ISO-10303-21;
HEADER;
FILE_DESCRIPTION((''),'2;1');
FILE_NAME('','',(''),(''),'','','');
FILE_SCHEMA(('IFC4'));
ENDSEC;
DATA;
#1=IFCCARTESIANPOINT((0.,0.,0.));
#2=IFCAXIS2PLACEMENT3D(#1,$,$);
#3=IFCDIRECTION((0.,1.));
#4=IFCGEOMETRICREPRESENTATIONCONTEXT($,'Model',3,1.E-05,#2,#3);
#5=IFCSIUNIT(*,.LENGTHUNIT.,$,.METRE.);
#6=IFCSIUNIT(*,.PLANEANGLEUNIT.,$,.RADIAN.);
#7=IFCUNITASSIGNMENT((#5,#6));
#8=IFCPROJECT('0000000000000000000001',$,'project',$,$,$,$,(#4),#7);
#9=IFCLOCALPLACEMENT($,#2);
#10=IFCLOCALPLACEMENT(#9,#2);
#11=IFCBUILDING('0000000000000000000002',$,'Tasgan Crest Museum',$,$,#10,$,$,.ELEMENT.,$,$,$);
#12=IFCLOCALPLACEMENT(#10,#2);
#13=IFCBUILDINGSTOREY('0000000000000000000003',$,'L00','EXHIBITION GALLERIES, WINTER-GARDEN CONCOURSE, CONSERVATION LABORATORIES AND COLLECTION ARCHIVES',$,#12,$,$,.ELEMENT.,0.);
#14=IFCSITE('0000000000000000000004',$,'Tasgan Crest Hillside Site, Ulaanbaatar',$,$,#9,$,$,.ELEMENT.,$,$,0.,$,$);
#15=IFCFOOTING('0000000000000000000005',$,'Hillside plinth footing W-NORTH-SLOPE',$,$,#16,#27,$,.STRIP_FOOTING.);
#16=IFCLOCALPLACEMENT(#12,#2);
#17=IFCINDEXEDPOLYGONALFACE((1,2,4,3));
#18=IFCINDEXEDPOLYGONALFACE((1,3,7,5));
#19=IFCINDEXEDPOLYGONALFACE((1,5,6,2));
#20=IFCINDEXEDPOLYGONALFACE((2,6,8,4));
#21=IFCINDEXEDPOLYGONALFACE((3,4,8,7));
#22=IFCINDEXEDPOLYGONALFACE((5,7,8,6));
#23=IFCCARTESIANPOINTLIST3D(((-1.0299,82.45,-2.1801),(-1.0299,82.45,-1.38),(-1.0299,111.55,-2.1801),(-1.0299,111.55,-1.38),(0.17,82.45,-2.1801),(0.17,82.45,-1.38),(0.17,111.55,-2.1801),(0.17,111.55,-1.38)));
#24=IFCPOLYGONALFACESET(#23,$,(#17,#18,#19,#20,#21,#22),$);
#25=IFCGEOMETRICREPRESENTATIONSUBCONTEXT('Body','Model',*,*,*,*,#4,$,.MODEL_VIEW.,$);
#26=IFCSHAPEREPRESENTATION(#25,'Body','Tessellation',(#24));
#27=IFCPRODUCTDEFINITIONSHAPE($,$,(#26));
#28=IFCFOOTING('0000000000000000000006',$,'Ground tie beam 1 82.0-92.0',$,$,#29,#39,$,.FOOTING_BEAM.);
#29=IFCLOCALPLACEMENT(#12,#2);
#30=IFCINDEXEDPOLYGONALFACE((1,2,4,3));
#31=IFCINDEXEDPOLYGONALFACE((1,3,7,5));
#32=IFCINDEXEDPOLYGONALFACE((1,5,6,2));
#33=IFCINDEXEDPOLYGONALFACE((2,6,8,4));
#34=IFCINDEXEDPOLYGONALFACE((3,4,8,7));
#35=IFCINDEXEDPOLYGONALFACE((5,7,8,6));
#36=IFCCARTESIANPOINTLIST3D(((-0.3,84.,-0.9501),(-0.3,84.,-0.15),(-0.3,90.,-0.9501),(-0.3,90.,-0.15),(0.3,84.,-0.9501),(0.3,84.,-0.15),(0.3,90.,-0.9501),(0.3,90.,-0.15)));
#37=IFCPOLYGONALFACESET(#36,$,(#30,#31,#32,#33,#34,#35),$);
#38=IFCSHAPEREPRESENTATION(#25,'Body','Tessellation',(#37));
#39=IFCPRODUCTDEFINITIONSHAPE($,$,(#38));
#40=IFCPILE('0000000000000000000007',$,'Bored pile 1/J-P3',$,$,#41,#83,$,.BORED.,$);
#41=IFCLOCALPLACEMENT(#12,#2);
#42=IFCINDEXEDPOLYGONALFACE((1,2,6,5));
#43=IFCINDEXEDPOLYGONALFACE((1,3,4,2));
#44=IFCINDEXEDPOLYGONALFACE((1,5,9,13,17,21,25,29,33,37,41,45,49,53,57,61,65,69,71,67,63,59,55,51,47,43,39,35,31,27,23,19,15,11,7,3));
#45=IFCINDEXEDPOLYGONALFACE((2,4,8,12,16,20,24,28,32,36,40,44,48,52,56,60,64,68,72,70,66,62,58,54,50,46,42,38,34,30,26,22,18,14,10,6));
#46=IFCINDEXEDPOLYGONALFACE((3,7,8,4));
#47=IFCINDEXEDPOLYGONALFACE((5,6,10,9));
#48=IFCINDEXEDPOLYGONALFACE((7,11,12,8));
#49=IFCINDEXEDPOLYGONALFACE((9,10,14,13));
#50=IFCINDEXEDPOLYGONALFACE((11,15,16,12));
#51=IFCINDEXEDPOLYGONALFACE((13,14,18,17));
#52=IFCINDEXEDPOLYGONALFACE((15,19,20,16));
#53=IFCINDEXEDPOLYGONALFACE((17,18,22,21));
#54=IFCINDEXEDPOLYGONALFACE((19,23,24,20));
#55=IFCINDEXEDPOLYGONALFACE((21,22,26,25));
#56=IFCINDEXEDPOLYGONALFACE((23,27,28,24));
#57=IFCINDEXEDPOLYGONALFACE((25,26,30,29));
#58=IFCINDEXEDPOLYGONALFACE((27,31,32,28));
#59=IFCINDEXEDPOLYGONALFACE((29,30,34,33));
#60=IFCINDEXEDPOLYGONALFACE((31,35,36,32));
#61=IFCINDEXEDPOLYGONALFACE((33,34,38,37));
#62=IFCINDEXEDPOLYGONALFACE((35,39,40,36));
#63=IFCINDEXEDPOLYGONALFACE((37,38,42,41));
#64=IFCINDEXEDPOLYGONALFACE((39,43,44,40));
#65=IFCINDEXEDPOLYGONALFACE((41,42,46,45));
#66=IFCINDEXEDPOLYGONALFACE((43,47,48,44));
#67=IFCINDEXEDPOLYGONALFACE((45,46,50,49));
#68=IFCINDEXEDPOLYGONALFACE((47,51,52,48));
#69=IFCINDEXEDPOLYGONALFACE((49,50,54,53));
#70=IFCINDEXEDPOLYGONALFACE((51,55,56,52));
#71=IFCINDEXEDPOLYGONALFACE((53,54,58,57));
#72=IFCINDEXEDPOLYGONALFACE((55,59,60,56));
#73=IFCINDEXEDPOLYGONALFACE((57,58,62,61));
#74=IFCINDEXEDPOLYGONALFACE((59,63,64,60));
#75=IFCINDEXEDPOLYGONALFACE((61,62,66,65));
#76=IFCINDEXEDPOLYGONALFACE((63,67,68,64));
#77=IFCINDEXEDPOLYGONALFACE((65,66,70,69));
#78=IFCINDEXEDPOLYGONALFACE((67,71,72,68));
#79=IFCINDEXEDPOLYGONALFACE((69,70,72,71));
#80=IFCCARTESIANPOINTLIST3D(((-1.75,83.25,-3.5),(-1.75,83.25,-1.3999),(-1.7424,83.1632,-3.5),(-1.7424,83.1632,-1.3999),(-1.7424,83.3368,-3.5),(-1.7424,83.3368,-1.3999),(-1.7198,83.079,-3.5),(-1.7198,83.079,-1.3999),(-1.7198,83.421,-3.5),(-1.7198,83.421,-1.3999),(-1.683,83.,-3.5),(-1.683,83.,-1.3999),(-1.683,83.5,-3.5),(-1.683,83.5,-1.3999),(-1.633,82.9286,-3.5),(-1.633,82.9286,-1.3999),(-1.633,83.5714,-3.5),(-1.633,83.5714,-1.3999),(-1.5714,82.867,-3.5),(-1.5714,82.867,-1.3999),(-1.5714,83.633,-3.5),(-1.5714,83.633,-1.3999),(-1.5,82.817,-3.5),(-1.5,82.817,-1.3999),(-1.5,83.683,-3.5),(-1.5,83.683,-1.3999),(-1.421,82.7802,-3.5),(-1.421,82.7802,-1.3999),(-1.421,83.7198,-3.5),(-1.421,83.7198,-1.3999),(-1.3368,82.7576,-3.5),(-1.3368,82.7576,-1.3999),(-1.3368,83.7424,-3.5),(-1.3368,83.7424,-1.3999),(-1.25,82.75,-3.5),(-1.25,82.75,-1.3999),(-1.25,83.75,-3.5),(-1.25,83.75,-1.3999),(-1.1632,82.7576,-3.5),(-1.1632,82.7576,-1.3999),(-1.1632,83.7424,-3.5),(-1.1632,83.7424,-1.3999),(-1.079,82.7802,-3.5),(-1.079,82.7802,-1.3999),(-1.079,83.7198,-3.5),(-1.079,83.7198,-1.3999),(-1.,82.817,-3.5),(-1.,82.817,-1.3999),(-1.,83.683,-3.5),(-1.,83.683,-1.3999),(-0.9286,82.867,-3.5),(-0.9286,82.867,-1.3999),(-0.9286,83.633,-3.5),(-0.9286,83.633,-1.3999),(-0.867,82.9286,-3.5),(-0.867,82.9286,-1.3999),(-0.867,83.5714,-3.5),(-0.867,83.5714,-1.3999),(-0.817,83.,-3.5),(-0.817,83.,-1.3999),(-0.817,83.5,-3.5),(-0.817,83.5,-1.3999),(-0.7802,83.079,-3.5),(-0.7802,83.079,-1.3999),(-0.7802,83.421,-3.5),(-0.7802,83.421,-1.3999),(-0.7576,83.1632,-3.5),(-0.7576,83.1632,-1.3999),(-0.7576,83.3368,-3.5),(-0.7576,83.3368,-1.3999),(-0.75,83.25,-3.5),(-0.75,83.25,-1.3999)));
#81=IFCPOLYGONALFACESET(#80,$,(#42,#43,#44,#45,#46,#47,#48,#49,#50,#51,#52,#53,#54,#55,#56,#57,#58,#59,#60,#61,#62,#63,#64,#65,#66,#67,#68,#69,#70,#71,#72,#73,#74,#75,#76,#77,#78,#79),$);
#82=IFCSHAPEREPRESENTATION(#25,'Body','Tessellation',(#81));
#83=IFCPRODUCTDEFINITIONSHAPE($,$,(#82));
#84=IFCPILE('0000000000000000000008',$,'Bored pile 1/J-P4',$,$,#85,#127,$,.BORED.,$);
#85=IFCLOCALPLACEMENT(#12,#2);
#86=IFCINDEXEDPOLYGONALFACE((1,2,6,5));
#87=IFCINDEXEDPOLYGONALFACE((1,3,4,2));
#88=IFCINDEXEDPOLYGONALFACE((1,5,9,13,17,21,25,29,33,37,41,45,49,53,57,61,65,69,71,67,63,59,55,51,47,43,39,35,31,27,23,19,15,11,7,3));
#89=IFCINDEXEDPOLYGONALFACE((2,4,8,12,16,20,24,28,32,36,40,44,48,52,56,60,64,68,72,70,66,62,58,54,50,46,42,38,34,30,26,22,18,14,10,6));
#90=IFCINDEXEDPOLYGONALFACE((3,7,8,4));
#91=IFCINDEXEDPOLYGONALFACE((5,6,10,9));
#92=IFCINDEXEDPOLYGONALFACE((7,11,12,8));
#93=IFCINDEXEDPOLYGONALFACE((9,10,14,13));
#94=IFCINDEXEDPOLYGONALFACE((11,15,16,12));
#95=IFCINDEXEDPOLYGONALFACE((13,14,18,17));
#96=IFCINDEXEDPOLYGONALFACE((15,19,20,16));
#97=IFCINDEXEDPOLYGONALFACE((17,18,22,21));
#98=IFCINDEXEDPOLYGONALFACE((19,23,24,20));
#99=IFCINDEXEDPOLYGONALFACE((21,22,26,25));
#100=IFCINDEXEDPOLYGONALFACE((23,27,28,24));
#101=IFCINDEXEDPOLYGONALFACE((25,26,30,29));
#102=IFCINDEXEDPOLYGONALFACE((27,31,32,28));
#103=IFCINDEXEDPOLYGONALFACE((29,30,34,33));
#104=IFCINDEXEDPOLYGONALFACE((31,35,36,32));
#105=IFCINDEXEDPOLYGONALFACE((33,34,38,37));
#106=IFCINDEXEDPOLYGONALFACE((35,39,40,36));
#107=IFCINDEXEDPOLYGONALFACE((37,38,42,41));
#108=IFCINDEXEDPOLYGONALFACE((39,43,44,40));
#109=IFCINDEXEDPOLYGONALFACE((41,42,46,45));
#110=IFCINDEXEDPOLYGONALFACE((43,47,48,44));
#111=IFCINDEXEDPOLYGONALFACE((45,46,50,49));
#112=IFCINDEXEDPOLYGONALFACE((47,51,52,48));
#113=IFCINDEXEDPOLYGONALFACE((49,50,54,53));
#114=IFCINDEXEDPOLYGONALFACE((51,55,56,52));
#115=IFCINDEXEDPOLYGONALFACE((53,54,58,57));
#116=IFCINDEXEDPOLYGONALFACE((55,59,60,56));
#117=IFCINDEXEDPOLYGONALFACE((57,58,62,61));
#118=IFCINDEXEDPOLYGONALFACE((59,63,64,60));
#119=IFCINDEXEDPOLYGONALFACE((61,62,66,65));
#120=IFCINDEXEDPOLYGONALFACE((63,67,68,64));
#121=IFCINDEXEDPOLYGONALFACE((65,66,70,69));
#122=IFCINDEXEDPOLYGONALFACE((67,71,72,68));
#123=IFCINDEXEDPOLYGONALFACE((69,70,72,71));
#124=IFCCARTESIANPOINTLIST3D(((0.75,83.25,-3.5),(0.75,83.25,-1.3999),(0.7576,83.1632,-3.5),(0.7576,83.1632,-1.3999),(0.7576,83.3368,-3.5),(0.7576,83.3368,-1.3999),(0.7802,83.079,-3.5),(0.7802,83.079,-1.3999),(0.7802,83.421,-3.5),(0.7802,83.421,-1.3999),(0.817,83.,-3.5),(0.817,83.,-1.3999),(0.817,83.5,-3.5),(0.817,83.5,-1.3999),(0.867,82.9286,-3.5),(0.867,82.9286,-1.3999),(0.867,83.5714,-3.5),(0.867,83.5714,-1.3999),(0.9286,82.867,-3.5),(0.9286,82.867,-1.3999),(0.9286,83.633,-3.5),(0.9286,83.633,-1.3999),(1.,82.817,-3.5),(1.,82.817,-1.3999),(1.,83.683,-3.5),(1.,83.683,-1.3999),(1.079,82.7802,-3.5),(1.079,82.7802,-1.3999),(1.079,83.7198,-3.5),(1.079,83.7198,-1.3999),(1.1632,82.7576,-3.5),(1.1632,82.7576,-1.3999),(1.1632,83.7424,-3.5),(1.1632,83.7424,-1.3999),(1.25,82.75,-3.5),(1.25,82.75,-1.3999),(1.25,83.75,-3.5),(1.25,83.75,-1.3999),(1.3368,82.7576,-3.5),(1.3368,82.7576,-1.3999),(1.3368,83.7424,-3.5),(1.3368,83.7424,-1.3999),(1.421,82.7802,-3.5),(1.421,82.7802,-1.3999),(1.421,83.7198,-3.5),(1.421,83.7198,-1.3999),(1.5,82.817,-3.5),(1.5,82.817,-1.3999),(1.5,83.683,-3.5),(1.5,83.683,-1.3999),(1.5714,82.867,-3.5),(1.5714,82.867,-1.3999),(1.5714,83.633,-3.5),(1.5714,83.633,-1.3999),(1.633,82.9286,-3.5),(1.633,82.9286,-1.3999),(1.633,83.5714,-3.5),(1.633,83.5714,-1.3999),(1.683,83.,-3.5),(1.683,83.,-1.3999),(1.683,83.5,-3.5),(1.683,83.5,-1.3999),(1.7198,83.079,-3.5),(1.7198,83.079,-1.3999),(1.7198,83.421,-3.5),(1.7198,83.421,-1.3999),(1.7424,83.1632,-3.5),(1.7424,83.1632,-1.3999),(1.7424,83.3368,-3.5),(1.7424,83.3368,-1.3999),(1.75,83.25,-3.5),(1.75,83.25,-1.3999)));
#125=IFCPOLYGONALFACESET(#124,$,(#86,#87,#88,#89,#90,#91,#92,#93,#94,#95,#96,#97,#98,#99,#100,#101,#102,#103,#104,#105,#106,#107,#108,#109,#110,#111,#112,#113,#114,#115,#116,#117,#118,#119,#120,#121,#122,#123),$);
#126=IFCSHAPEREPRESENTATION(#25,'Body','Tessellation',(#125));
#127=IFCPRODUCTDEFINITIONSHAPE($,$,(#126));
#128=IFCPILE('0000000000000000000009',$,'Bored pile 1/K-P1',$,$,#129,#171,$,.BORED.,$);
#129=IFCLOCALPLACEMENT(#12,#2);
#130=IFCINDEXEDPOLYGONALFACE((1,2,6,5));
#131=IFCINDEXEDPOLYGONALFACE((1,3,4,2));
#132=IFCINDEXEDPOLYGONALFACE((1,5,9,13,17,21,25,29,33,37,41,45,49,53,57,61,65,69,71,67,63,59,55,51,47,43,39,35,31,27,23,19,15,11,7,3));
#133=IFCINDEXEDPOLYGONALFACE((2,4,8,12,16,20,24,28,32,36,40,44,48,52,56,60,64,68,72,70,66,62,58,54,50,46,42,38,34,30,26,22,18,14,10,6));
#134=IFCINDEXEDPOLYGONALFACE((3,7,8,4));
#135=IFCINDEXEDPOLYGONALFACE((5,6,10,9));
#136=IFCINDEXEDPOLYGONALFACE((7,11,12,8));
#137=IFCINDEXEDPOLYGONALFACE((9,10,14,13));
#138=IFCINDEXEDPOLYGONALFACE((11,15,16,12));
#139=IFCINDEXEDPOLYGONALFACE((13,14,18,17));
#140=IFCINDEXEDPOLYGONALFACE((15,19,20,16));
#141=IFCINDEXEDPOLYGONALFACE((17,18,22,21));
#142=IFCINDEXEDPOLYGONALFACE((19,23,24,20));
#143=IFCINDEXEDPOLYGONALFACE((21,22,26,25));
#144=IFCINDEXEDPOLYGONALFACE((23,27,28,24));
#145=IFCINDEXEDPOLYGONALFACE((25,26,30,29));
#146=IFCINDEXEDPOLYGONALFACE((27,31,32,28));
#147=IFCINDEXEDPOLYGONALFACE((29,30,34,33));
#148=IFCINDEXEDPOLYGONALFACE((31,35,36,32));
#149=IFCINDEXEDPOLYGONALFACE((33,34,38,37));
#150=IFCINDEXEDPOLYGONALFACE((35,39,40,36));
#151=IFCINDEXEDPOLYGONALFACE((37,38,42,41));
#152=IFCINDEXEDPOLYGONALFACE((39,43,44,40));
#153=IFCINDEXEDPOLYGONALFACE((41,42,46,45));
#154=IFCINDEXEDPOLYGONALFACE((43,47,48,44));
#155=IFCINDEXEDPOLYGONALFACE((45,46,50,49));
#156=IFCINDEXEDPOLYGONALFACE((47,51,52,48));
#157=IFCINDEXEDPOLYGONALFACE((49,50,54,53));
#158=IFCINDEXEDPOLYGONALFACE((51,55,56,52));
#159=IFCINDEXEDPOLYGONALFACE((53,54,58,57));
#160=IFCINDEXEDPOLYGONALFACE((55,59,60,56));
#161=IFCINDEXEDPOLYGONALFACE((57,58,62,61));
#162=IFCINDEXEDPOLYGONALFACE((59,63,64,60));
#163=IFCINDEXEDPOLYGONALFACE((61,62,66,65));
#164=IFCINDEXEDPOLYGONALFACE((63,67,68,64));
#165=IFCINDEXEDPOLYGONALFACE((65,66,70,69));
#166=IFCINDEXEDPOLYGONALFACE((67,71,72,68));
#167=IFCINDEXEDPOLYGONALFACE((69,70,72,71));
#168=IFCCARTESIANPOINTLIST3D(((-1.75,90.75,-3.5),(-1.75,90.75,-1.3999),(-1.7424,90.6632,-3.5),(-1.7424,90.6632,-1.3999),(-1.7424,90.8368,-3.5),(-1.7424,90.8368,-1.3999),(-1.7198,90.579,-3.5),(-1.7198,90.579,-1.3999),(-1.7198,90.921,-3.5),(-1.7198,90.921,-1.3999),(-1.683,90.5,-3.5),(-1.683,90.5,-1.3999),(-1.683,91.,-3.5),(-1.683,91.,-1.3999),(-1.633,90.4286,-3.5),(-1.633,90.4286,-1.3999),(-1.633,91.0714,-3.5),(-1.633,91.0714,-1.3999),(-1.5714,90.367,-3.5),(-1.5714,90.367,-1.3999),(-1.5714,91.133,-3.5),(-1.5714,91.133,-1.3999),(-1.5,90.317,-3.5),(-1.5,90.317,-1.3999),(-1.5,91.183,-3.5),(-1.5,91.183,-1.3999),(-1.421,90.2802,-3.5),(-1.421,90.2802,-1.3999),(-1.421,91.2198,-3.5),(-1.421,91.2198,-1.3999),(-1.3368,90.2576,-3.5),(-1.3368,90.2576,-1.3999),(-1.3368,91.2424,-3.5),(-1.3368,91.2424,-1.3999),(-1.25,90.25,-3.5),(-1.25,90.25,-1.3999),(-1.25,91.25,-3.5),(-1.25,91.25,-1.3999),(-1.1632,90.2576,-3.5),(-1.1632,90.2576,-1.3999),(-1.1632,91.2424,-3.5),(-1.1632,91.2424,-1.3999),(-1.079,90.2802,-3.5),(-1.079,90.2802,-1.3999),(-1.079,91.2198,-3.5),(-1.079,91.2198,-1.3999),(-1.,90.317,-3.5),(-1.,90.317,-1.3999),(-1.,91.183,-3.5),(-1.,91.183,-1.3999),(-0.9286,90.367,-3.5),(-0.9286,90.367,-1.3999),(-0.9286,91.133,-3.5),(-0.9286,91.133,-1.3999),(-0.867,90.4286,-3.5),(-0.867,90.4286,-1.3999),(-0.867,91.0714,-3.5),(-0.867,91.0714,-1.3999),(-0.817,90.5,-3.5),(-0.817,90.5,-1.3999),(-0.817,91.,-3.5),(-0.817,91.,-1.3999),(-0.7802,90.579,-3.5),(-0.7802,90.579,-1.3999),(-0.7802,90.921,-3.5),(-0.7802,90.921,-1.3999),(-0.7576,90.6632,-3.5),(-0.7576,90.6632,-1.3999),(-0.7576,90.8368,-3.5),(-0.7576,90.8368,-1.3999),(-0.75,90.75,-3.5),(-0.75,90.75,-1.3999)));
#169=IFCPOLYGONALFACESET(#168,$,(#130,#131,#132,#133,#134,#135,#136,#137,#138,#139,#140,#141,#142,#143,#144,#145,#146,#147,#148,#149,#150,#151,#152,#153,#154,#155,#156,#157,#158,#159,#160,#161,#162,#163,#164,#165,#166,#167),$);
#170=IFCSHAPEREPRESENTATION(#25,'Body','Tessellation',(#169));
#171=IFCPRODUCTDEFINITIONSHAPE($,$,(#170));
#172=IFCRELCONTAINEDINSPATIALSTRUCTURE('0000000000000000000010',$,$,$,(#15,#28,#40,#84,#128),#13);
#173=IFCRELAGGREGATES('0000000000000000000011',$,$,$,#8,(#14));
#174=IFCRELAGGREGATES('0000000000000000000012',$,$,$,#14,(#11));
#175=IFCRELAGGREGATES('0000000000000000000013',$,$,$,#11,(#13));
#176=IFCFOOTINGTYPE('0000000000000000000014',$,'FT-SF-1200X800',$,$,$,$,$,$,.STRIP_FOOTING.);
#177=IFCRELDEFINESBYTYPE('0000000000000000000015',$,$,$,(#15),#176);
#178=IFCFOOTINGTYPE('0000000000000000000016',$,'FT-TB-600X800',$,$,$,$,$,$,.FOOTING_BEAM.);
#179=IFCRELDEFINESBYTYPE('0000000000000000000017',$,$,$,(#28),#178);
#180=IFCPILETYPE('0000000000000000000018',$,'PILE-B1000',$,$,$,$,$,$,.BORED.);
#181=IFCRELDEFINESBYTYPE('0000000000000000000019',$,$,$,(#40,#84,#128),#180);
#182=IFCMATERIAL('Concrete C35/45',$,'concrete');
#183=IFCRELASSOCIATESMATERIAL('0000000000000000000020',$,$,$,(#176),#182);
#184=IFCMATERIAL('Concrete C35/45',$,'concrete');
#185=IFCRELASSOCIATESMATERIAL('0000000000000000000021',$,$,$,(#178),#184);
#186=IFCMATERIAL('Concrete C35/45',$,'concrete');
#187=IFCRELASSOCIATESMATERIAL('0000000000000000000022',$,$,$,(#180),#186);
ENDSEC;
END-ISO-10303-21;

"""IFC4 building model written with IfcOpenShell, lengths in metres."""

from ifc_helpers import new_model, si_unit, direction, frame, origin, origin_2d, place, context, subcontext, project, spatial, rectangle, circle, extrude, material, material_profile, profile_set, type_object, element, save


model = new_model("IFC4")

# Units and contexts
model_context = context("Model", 3, precision=1e-05, world=origin(), true_north=direction((0.0, 1.0)))
body_context = subcontext(model_context, "Body", "Model", "MODEL_VIEW")
ifc_project = project(units=[si_unit("LENGTHUNIT", "METRE"), si_unit("PLANEANGLEUNIT", "RADIAN")], contexts=[model_context])

# Site, building, storey
site_placement = place(None, origin())
site = spatial("IfcSite", under=ifc_project, at=site_placement, Name="Tasgan Crest Hillside Site, Ulaanbaatar", CompositionType="ELEMENT", RefElevation=0.0)
building_placement = place(site_placement, origin())
building = spatial("IfcBuilding", under=site, at=building_placement, Name="Tasgan Crest Museum", CompositionType="ELEMENT")
storey_placement = place(building_placement, origin())
storey = spatial("IfcBuildingStorey", under=building, at=storey_placement, Name="L00", Description="EXHIBITION GALLERIES, WINTER-GARDEN CONCOURSE, CONSERVATION LABORATORIES AND COLLECTION ARCHIVES", CompositionType="ELEMENT", Elevation=0.0)

# Footings
ifc_material_1 = material(Name="Concrete C35/45", Category="concrete")
ifc_material_profile_1 = material_profile(ifc_material_1, rectangle(XDim=1.2, YDim=0.8, at=origin_2d()), Name="SF 1200x800")
ifc_profile_set_1 = profile_set([ifc_material_profile_1], Name="Concrete C35/45")
footing_type_1 = type_object("IfcFootingType", Name="FT-SF-1200X800", PredefinedType="STRIP_FOOTING", material=ifc_profile_set_1)
footing_1_placement = place(storey_placement, frame((-0.4299, 82.45, -1.78), z_axis=(0.0, 1.0, 0.0), x_axis=(-1.0, 0.0, 0.0)))
element("IfcFooting", 1, at=footing_1_placement, inside=storey, type_object=footing_type_1, Name="Hillside plinth footing W-NORTH-SLOPE", PredefinedType="STRIP_FOOTING", context=body_context, shape_type="SweptSolid", body=[
    extrude(rectangle(XDim=1.2, YDim=0.8, at=origin_2d()), origin(), (0.0, 0.0, 1.0), 29.1001),
])
ifc_material_2 = material(Name="Concrete C35/45", Category="concrete")
ifc_material_profile_2 = material_profile(ifc_material_2, rectangle(XDim=0.6001, YDim=0.8, at=origin_2d()), Name="TB 600x800")
ifc_profile_set_2 = profile_set([ifc_material_profile_2], Name="Concrete C35/45")
footing_type_2 = type_object("IfcFootingType", Name="FT-TB-600X800", PredefinedType="FOOTING_BEAM", material=ifc_profile_set_2)
footing_2_placement = place(storey_placement, frame((0.0, 84.0, -0.55), z_axis=(0.0, 1.0, 0.0), x_axis=(-1.0, 0.0, 0.0)))
element("IfcFooting", 2, at=footing_2_placement, inside=storey, type_object=footing_type_2, Name="Ground tie beam 1 82.0-92.0", PredefinedType="FOOTING_BEAM", context=body_context, shape_type="SweptSolid", body=[
    extrude(rectangle(XDim=0.6001, YDim=0.8, at=origin_2d()), origin(), (0.0, 0.0, 1.0), 6.0),
])

# Piles
ifc_material_3 = material(Name="Concrete C35/45", Category="concrete")
ifc_material_profile_3 = material_profile(ifc_material_3, circle(Radius=0.5, at=origin_2d()), Name="PILE D1000")
ifc_profile_set_3 = profile_set([ifc_material_profile_3], Name="Concrete C35/45")
pile_type = type_object("IfcPileType", Name="PILE-B1000", PredefinedType="BORED", material=ifc_profile_set_3)
for number, where, z_axis, x_axis, name in (
    (3, (-1.25, 83.25, -1.3999), (0.0, 0.0, -1.0), (1.0, 0.0, 0.0), "Bored pile 1/J-P3"),
    (4, (1.25, 83.25, -1.3999), (0.0, 0.0, -1.0), (1.0, 0.0, 0.0), "Bored pile 1/J-P4"),
    (5, (-1.25, 90.75, -1.3999), (0.0, 0.0, -1.0), (1.0, 0.0, 0.0), "Bored pile 1/K-P1"),
):
    element("IfcPile", number, at=place(storey_placement, frame(where, z_axis=z_axis, x_axis=x_axis)), inside=storey, type_object=pile_type, Name=name, PredefinedType="BORED", context=body_context, shape_type="SweptSolid", body=[
        extrude(circle(Radius=0.5, at=origin_2d()), origin(), (0.0, 0.0, 1.0), 2.1001),
    ])

save(model, "model.ifc")
